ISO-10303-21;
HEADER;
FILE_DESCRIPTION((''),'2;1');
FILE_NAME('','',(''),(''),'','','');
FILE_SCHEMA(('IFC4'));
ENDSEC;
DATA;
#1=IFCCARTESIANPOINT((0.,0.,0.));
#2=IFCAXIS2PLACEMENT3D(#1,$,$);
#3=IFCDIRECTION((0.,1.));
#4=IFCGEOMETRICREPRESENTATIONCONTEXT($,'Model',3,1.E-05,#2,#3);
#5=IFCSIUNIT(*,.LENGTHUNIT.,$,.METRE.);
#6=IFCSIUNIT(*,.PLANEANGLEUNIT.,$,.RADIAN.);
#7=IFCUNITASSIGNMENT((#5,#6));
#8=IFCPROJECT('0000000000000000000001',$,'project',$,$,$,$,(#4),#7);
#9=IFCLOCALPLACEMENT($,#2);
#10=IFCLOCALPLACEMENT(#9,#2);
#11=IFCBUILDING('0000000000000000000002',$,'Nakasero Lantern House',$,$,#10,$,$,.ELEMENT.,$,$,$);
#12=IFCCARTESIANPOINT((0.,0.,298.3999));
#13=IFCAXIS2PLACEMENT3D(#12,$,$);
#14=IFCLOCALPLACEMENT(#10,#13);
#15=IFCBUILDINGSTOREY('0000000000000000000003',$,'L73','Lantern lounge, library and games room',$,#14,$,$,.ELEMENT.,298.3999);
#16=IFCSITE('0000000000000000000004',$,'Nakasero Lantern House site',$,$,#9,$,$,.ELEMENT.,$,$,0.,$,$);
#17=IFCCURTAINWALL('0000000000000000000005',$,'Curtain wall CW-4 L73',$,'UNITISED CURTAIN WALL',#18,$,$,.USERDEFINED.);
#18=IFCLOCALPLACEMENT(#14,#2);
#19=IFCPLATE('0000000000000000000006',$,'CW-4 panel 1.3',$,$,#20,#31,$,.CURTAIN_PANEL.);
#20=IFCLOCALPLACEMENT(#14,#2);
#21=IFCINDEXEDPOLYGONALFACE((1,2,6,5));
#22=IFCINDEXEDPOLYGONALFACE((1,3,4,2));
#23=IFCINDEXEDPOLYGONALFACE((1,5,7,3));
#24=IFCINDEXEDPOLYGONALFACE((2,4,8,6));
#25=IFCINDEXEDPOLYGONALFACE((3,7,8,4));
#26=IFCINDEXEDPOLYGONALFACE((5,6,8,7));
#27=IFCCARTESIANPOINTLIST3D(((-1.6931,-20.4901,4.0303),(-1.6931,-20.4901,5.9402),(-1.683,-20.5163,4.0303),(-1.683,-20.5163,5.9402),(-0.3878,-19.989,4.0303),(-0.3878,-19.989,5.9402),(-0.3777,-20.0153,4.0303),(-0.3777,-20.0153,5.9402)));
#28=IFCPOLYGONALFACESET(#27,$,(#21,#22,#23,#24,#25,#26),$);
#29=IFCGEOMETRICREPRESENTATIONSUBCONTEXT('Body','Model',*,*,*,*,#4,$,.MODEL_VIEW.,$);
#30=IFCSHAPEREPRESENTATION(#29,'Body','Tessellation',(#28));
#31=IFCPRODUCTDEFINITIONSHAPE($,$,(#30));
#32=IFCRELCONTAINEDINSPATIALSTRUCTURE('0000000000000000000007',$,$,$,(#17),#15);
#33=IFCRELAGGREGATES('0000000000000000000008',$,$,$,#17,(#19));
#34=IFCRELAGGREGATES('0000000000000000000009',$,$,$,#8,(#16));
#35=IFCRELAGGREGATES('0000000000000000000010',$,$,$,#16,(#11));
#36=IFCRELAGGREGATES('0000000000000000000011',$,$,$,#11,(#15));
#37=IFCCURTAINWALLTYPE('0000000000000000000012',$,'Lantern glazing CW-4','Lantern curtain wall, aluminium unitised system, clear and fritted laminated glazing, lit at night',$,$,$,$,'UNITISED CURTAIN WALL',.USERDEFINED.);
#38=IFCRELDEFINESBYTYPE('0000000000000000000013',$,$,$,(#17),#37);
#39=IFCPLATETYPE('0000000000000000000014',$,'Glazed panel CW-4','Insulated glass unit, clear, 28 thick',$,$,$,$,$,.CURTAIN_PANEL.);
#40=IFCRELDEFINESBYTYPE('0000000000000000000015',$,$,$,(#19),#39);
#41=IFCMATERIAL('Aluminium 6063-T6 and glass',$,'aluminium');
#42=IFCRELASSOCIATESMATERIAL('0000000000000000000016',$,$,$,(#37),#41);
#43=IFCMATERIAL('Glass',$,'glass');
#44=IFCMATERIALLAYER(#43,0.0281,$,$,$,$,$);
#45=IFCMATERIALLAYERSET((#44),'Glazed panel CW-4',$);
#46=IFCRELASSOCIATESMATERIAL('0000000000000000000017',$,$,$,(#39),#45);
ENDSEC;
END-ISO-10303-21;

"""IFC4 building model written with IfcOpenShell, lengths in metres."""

from ifc_helpers import new_model, si_unit, direction, frame, origin, origin_2d, place, context, subcontext, project, spatial, rectangle, extrude, material, layer, layer_set, type_object, element, aggregate, save


model = new_model("IFC4")

# Units and contexts
model_context = context("Model", 3, precision=1e-05, world=origin(), true_north=direction((0.0, 1.0)))
body_context = subcontext(model_context, "Body", "Model", "MODEL_VIEW")
ifc_project = project(units=[si_unit("LENGTHUNIT", "METRE"), si_unit("PLANEANGLEUNIT", "RADIAN")], contexts=[model_context])

# Site, building, storey
site_placement = place(None, origin())
site = spatial("IfcSite", under=ifc_project, at=site_placement, Name="Nakasero Lantern House site", CompositionType="ELEMENT", RefElevation=0.0)
building_placement = place(site_placement, origin())
building = spatial("IfcBuilding", under=site, at=building_placement, Name="Nakasero Lantern House", CompositionType="ELEMENT")
storey_placement = place(building_placement, frame((0.0, 0.0, 298.3999)))
storey = spatial("IfcBuildingStorey", under=building, at=storey_placement, Name="L73", Description="Lantern lounge, library and games room", CompositionType="ELEMENT", Elevation=298.3999)

# Curtain wall
ifc_material_1 = material(Name="Aluminium 6063-T6 and glass", Category="aluminium")
curtain_wall_type = type_object("IfcCurtainWallType", Name="Lantern glazing CW-4", Description="Lantern curtain wall, aluminium unitised system, clear and fritted laminated glazing, lit at night", ElementType="UNITISED CURTAIN WALL", PredefinedType="USERDEFINED", material=ifc_material_1)
curtain_wall_1_placement = place(storey_placement, origin())
curtain_wall_1 = element("IfcCurtainWall", 1, at=curtain_wall_1_placement, inside=storey, type_object=curtain_wall_type, Name="Curtain wall CW-4 L73", ObjectType="UNITISED CURTAIN WALL", PredefinedType="USERDEFINED")

# Plate
ifc_material_2 = material(Name="Glass", Category="glass")
ifc_layer = layer(ifc_material_2, 0.0281)
ifc_layer_set = layer_set([ifc_layer], Name="Glazed panel CW-4")
plate_type = type_object("IfcPlateType", Name="Glazed panel CW-4", Description="Insulated glass unit, clear, 28 thick", PredefinedType="CURTAIN_PANEL", material=ifc_layer_set)
plate_1_placement = place(storey_placement, frame((-1.0354, -20.2527, 4.0303), z_axis=(0.0, 0.0, 1.0), x_axis=(0.93358, 0.358368, 0.0)))
plate_1 = element("IfcPlate", 2, at=plate_1_placement, type_object=plate_type, Name="CW-4 panel 1.3", PredefinedType="CURTAIN_PANEL", context=body_context, shape_type="SweptSolid", body=[
    extrude(rectangle(XDim=1.3982, YDim=0.0281, at=origin_2d()), origin(), (0.0, 0.0, 1.0), 1.9099),
])
aggregate(curtain_wall_1, [plate_1])

save(model, "model.ifc")
